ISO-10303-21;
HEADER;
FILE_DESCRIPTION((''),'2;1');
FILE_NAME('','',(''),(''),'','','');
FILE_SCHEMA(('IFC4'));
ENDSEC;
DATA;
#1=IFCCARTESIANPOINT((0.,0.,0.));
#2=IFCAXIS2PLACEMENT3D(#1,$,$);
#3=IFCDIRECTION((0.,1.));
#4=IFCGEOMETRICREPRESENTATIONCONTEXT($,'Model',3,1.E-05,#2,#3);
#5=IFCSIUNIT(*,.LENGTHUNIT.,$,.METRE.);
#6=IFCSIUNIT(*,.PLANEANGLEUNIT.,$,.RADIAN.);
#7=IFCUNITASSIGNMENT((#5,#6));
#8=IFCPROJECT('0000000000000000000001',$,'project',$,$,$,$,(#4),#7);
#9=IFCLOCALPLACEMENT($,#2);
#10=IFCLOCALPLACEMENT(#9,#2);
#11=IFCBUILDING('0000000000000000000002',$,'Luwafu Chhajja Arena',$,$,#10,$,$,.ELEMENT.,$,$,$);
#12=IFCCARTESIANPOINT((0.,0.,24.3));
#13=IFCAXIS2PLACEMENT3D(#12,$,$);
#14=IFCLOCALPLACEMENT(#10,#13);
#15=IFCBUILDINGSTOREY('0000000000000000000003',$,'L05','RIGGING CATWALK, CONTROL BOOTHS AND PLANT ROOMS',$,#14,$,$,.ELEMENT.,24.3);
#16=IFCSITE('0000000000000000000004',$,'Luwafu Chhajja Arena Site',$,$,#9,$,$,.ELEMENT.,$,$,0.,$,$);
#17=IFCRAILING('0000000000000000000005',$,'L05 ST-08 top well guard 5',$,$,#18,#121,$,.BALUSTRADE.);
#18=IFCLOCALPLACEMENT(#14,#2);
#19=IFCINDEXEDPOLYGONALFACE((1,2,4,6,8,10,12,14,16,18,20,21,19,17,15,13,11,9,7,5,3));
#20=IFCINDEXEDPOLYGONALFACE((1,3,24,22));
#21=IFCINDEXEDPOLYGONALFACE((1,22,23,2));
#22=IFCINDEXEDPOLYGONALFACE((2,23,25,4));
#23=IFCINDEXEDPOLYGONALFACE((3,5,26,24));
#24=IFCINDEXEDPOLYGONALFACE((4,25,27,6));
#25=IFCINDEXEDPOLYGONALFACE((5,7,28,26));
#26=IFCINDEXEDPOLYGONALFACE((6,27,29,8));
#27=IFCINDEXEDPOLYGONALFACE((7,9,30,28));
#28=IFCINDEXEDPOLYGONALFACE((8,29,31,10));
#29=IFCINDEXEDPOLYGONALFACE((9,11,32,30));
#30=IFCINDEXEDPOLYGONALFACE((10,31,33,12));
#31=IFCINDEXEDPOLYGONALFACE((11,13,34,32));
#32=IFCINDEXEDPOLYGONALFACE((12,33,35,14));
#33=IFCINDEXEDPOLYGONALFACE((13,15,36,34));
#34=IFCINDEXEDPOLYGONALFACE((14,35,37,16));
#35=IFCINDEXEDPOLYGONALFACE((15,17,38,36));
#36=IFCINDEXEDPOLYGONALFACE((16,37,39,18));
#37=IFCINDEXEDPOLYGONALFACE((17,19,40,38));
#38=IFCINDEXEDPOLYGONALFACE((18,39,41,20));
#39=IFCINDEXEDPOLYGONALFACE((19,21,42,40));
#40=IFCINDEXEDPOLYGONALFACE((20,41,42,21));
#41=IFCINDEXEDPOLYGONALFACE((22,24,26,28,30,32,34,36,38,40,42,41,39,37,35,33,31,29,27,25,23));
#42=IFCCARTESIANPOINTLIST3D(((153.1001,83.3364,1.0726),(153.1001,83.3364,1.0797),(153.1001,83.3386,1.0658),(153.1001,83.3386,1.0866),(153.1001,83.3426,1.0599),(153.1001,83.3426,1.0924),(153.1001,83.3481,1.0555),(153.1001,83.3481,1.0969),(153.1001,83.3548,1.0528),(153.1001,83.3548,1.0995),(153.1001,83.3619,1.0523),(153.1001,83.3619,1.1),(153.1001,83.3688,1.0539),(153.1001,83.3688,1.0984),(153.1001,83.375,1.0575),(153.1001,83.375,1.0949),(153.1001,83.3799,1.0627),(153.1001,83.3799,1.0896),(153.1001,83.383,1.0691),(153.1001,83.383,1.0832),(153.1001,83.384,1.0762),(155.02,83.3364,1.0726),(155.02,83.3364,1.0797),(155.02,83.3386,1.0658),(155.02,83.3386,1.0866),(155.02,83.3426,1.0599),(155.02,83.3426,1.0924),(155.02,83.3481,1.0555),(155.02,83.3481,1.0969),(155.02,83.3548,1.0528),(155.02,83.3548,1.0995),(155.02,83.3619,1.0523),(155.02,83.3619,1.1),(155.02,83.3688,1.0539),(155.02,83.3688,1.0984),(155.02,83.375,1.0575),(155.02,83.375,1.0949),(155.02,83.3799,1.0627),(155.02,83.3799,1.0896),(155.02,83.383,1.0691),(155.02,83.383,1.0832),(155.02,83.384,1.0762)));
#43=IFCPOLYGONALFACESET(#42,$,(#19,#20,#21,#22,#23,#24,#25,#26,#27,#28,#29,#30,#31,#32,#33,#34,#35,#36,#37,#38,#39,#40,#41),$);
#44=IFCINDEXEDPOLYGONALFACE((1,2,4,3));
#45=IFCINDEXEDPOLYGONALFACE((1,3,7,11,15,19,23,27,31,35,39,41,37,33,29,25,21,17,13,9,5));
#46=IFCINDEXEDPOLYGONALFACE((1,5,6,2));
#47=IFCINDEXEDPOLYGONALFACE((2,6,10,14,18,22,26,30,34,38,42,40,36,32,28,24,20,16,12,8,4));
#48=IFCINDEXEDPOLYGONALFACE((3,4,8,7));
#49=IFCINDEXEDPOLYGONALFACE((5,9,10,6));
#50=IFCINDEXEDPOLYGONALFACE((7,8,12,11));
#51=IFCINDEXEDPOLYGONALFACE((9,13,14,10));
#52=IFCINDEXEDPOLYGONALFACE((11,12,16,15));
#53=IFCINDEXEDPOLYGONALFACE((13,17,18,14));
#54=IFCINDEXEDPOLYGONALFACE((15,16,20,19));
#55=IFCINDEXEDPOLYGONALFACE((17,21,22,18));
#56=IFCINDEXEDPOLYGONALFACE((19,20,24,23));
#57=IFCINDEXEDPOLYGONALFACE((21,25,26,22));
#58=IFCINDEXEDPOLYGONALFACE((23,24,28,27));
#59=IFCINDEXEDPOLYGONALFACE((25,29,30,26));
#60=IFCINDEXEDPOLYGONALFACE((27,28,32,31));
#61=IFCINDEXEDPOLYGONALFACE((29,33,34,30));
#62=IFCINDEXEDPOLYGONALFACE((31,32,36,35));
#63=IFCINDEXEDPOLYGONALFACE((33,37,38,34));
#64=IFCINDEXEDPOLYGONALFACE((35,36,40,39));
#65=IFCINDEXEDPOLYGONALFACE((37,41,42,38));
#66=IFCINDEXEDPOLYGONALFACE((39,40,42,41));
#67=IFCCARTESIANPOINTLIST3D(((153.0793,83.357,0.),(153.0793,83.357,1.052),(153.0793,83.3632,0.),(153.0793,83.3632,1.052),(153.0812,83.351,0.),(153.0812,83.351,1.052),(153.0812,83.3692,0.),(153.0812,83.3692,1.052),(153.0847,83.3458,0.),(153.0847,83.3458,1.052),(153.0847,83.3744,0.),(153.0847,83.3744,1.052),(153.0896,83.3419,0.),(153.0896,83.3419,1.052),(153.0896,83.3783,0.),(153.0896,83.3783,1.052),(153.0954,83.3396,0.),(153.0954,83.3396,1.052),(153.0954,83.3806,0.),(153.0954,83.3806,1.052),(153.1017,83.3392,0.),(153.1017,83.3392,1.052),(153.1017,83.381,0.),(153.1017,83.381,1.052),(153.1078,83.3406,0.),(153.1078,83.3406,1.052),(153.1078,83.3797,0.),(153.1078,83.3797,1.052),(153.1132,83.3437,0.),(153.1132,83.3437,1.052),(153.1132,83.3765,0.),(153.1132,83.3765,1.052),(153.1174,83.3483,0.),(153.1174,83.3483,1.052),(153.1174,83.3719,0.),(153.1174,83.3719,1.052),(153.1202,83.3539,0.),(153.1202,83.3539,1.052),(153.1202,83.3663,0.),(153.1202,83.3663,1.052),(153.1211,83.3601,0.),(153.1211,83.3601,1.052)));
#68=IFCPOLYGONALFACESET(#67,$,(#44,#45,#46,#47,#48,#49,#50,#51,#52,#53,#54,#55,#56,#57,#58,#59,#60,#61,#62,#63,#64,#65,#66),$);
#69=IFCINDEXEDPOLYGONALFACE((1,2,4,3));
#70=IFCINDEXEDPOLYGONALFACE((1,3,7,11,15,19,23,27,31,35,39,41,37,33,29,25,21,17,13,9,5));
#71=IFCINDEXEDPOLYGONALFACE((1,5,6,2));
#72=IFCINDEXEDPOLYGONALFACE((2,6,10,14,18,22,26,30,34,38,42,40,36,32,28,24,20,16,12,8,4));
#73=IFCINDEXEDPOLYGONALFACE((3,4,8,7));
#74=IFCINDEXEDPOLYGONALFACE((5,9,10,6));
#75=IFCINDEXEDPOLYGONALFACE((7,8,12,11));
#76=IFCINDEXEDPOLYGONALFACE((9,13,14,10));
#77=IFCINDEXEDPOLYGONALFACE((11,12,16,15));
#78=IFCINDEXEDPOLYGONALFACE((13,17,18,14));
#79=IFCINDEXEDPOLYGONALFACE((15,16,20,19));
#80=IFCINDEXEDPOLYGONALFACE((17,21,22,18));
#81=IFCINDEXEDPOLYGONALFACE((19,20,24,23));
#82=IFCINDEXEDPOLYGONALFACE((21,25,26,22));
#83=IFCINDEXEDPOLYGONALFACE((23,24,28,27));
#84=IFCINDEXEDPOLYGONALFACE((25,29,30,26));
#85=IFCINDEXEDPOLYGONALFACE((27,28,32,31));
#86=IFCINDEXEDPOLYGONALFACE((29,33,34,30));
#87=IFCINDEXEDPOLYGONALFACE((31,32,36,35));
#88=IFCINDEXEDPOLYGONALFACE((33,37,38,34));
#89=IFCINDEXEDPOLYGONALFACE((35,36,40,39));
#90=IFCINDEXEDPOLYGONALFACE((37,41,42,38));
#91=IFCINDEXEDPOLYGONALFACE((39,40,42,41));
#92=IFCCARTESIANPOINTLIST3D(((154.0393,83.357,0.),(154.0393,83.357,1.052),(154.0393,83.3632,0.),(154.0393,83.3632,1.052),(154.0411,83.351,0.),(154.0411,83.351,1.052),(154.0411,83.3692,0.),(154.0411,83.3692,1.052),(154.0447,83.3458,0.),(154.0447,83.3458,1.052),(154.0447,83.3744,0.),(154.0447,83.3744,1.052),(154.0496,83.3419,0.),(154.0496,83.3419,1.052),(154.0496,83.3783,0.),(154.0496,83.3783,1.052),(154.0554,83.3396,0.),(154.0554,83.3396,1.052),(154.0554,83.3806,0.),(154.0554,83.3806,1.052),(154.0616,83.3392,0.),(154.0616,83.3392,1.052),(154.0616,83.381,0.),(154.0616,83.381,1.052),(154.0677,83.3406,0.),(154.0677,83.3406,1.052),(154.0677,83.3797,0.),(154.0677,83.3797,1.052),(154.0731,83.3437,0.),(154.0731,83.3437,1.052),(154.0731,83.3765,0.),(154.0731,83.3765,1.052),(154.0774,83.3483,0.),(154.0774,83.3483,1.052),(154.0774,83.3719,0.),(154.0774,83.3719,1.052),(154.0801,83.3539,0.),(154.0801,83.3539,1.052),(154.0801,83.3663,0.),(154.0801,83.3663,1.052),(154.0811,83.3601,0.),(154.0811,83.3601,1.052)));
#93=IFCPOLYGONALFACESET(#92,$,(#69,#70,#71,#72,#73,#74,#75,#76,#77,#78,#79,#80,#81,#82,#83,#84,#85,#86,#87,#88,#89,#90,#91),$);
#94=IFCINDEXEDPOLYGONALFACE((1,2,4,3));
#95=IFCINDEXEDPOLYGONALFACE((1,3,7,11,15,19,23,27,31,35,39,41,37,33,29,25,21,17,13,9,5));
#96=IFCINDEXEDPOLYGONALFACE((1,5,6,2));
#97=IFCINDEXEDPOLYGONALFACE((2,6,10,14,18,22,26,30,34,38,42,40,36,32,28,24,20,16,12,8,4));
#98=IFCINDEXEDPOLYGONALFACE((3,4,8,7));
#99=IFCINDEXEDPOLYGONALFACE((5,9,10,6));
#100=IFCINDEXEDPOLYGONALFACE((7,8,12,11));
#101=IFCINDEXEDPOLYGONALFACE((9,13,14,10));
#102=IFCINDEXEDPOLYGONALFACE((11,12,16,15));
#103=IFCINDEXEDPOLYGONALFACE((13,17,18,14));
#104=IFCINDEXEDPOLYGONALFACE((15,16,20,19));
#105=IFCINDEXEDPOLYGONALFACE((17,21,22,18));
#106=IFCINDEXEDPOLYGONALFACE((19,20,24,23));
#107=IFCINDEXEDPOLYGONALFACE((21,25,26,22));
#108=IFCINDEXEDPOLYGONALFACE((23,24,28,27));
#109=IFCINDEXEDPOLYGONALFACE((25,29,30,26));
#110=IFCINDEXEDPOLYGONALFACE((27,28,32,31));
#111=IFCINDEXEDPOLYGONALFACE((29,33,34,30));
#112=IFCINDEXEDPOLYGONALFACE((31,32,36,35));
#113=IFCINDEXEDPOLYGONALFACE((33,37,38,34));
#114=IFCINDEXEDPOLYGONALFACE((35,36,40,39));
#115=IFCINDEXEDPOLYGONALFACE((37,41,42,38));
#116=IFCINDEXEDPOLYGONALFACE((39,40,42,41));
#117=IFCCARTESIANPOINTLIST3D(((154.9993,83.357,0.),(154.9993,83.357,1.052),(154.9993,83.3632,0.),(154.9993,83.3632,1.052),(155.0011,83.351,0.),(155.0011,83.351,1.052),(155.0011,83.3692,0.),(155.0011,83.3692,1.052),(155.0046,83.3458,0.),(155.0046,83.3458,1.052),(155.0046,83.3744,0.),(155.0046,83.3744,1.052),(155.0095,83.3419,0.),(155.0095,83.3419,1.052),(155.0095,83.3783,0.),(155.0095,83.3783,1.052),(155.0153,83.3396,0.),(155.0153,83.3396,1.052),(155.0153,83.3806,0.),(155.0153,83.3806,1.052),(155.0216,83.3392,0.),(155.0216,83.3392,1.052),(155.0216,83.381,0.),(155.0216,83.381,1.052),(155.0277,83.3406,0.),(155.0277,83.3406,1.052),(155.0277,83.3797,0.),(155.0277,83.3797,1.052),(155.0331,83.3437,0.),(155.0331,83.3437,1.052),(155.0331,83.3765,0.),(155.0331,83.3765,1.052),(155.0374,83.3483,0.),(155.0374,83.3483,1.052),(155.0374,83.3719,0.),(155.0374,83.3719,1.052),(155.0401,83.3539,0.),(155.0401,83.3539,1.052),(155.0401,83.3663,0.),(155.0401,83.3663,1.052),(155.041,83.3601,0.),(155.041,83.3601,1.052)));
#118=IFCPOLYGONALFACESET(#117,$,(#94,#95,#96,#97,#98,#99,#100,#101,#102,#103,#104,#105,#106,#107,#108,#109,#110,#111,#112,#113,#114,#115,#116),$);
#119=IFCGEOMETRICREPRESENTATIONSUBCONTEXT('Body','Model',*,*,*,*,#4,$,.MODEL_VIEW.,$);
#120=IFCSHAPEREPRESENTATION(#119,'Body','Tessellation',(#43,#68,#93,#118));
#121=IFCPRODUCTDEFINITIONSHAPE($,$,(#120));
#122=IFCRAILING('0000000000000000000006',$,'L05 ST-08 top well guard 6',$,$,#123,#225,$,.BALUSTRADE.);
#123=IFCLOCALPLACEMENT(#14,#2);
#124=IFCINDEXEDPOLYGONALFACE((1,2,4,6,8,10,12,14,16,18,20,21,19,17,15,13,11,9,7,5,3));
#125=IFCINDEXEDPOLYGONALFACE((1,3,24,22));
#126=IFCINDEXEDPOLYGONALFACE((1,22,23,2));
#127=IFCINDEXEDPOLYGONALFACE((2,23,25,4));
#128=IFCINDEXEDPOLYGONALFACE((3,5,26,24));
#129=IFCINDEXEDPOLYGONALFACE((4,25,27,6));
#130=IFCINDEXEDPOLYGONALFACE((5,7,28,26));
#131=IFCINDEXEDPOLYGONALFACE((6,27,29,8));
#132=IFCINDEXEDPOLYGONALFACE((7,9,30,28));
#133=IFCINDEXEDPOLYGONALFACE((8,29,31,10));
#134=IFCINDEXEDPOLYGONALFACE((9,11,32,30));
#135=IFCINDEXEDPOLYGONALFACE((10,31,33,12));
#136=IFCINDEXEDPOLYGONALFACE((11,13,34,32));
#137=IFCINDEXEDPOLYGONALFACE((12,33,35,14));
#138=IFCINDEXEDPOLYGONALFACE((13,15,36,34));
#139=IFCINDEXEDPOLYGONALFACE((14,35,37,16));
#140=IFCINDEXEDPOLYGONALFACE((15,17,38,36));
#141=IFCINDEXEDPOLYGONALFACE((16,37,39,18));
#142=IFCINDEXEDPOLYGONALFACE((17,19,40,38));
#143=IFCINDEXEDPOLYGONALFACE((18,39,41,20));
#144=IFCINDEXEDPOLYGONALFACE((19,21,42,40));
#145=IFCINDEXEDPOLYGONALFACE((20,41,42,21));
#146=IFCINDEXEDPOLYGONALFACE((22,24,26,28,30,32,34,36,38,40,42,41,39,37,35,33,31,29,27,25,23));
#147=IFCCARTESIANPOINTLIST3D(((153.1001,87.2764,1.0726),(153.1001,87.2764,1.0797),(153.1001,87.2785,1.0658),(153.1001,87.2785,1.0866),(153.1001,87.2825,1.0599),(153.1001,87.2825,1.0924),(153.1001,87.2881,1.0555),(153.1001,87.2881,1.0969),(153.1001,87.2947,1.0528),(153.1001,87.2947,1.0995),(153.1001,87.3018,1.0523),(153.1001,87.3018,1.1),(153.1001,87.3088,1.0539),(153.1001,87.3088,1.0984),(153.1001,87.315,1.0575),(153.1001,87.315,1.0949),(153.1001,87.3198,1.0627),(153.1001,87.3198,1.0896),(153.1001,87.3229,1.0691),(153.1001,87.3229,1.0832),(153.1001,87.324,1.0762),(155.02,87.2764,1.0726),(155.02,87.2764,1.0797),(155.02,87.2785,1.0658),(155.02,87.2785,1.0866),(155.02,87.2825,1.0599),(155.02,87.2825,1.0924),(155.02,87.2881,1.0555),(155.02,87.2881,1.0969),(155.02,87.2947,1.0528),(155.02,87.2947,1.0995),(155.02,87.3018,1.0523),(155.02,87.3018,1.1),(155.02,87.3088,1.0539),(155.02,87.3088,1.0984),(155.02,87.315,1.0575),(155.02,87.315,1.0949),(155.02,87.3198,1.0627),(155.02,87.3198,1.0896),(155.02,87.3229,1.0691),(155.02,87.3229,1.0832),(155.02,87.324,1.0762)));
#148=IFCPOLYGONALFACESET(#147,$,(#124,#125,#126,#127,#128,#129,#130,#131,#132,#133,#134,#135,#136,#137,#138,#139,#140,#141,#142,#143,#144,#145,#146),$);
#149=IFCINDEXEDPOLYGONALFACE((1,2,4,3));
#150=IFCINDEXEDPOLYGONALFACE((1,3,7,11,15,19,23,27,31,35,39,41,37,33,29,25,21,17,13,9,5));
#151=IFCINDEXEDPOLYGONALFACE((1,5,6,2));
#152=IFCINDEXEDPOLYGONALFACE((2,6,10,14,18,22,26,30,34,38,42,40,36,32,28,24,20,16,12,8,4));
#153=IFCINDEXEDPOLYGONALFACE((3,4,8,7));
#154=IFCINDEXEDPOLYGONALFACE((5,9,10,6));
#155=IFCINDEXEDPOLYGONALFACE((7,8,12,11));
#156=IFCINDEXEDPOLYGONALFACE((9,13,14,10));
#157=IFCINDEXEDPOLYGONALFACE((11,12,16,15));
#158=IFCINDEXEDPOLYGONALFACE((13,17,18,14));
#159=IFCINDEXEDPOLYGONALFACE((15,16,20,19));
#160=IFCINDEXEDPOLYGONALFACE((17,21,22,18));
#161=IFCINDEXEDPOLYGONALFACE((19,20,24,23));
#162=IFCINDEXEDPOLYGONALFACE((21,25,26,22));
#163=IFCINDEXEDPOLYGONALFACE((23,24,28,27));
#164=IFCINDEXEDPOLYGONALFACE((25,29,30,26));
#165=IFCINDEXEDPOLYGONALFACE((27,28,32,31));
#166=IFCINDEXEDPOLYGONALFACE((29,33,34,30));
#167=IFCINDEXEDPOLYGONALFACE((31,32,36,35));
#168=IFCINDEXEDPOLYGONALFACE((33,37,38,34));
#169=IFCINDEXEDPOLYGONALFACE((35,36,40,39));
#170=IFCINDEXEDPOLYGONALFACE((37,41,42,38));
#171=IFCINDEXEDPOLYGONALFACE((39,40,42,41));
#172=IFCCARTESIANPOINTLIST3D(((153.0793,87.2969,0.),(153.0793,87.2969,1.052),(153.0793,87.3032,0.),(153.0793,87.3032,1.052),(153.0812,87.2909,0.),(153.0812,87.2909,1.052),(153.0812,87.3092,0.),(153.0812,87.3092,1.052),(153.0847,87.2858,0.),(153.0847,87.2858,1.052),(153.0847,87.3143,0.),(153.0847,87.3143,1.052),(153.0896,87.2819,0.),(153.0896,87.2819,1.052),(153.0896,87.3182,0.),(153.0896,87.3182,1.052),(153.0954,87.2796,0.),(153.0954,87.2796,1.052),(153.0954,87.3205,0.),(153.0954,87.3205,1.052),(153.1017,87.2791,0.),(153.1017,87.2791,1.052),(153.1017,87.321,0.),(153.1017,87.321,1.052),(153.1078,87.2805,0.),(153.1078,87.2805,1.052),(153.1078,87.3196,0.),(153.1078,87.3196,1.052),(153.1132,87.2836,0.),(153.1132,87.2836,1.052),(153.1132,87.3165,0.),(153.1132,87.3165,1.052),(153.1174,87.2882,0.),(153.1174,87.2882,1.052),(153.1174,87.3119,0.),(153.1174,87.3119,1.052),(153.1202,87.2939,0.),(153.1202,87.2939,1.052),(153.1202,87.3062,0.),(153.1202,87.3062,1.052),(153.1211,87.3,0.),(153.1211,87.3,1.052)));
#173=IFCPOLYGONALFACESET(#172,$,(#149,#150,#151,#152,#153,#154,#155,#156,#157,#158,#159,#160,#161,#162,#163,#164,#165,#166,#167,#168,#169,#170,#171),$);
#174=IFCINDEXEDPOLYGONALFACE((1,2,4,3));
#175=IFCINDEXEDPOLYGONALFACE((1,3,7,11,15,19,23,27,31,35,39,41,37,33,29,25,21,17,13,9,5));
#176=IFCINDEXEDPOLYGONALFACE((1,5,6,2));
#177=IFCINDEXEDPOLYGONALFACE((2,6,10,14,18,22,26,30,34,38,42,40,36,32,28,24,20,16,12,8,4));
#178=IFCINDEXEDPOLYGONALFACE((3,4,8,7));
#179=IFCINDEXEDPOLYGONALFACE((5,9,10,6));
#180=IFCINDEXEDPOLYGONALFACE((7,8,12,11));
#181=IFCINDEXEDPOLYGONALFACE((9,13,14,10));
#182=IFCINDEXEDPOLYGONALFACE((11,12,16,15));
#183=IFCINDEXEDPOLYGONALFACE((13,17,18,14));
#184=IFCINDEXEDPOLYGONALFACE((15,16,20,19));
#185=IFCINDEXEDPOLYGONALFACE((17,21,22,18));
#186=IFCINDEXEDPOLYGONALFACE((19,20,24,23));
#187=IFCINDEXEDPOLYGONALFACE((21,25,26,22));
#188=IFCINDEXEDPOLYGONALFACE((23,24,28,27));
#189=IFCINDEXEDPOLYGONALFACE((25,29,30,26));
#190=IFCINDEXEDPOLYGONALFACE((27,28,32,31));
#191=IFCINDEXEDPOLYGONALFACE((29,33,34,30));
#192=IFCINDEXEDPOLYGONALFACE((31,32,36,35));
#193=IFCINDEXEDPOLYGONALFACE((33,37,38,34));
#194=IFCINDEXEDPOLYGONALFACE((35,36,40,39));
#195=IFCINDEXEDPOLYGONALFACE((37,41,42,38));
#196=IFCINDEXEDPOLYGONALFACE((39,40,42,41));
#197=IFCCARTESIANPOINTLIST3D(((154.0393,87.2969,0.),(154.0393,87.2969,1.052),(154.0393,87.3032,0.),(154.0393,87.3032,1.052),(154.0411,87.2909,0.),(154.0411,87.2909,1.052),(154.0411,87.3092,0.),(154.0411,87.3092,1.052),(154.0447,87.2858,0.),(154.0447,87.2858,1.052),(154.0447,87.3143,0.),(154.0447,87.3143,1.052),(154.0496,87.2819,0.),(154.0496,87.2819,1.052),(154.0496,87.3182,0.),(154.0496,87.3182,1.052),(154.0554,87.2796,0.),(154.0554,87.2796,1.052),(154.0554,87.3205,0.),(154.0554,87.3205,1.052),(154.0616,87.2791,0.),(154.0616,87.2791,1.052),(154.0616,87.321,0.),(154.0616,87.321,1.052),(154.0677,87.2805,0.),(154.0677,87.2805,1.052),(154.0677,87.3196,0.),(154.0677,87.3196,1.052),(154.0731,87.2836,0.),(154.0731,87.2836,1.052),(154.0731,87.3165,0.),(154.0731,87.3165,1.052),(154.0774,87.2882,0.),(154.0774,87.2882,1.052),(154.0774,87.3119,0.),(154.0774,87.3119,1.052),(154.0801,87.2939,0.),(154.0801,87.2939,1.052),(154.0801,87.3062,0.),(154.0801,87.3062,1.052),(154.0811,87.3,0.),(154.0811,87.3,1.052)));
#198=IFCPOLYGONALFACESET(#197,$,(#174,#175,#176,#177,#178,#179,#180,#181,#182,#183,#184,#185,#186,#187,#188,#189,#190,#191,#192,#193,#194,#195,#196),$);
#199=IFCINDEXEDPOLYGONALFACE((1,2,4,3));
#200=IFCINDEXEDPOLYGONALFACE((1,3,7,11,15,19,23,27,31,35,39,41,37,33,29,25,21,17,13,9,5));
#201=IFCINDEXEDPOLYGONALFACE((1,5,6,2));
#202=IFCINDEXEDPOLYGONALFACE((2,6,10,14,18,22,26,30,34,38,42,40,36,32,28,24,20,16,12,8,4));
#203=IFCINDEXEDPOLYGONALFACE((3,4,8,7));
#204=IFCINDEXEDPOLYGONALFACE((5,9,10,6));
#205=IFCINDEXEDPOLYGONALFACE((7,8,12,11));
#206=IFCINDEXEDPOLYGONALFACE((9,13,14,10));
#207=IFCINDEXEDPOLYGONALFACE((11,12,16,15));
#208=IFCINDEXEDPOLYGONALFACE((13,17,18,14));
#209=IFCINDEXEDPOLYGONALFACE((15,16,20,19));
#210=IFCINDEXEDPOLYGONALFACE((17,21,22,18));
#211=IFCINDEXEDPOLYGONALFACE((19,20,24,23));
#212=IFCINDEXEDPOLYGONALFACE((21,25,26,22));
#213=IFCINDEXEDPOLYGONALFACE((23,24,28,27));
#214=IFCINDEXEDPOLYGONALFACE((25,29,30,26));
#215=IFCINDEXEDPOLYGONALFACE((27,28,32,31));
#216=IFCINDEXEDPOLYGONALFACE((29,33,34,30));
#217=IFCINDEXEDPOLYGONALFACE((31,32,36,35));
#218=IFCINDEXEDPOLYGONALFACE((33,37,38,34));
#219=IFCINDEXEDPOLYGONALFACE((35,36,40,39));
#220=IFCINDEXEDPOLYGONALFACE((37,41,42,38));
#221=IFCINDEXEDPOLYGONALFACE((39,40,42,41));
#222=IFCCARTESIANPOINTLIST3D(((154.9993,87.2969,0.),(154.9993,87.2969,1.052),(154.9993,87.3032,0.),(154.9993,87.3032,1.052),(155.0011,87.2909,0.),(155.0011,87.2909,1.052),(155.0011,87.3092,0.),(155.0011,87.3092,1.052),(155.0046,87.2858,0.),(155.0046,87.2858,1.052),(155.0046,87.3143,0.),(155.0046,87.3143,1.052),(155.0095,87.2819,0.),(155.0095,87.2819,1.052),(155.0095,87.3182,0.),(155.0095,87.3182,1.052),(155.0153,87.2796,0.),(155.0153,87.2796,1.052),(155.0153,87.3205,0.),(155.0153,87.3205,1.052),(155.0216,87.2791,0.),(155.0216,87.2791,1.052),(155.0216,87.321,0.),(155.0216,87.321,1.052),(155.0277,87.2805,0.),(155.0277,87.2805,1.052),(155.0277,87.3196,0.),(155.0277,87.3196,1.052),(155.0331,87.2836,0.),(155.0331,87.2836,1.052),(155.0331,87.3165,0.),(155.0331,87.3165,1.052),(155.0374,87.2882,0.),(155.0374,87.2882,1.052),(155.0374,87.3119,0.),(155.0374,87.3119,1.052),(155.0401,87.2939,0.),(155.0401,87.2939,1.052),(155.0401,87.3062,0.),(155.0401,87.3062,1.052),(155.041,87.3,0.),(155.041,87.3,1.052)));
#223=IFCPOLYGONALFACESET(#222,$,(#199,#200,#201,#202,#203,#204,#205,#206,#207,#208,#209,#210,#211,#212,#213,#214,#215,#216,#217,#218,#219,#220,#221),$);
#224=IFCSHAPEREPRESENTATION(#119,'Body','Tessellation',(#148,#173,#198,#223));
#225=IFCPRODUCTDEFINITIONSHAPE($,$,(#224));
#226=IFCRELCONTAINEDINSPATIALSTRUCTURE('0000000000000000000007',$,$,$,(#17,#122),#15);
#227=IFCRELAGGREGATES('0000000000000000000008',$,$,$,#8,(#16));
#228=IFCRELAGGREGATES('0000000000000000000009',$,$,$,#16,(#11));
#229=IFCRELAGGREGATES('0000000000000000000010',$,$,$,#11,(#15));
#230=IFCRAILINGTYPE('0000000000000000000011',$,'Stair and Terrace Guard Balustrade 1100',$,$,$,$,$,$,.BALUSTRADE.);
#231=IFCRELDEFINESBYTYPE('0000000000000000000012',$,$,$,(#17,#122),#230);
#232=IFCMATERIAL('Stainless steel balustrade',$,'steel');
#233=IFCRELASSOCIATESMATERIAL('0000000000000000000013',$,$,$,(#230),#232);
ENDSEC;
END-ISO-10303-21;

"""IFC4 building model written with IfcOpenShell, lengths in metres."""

from ifc_helpers import new_model, si_unit, direction, frame, origin, origin_2d, place, context, subcontext, project, spatial, circle, extrude, material, type_object, element, save


model = new_model("IFC4")

# Units and contexts
model_context = context("Model", 3, precision=1e-05, world=origin(), true_north=direction((0.0, 1.0)))
body_context = subcontext(model_context, "Body", "Model", "MODEL_VIEW")
ifc_project = project(units=[si_unit("LENGTHUNIT", "METRE"), si_unit("PLANEANGLEUNIT", "RADIAN")], contexts=[model_context])

# Site, building, storey
site_placement = place(None, origin())
site = spatial("IfcSite", under=ifc_project, at=site_placement, Name="Luwafu Chhajja Arena Site", CompositionType="ELEMENT", RefElevation=0.0)
building_placement = place(site_placement, origin())
building = spatial("IfcBuilding", under=site, at=building_placement, Name="Luwafu Chhajja Arena", CompositionType="ELEMENT")
storey_placement = place(building_placement, frame((0.0, 0.0, 24.3)))
storey = spatial("IfcBuildingStorey", under=building, at=storey_placement, Name="L05", Description="RIGGING CATWALK, CONTROL BOOTHS AND PLANT ROOMS", CompositionType="ELEMENT", Elevation=24.3)

# Railings
ifc_material_1 = material(Name="Stainless steel balustrade", Category="steel")
railing_type = type_object("IfcRailingType", Name="Stair and Terrace Guard Balustrade 1100", PredefinedType="BALUSTRADE", material=ifc_material_1)
for number, where, name in (
    (1, (153.1001, 83.3601, 0.0), "L05 ST-08 top well guard 5"),
    (2, (153.1001, 87.3, 0.0), "L05 ST-08 top well guard 6"),
):
    element("IfcRailing", number, at=place(storey_placement, frame(where)), inside=storey, type_object=railing_type, Name=name, PredefinedType="BALUSTRADE", context=body_context, shape_type="SweptSolid", body=[
        extrude(circle(Radius=0.0239, at=origin_2d()), frame((0.0, 0.0, 1.0762), z_axis=(1.0, 0.0, 0.0), x_axis=(0.0, 1.0, 0.0)), (0.0, 0.0, 1.0), 1.9199),
        extrude(circle(Radius=0.021, at=origin_2d()), origin(), (0.0, 0.0, 1.0), 1.052),
        extrude(circle(Radius=0.021, at=origin_2d()), frame((0.96, 0.0, 0.0)), (0.0, 0.0, 1.0), 1.052),
        extrude(circle(Radius=0.021, at=origin_2d()), frame((1.9199, 0.0, 0.0)), (0.0, 0.0, 1.0), 1.052),
    ])

save(model, "model.ifc")
